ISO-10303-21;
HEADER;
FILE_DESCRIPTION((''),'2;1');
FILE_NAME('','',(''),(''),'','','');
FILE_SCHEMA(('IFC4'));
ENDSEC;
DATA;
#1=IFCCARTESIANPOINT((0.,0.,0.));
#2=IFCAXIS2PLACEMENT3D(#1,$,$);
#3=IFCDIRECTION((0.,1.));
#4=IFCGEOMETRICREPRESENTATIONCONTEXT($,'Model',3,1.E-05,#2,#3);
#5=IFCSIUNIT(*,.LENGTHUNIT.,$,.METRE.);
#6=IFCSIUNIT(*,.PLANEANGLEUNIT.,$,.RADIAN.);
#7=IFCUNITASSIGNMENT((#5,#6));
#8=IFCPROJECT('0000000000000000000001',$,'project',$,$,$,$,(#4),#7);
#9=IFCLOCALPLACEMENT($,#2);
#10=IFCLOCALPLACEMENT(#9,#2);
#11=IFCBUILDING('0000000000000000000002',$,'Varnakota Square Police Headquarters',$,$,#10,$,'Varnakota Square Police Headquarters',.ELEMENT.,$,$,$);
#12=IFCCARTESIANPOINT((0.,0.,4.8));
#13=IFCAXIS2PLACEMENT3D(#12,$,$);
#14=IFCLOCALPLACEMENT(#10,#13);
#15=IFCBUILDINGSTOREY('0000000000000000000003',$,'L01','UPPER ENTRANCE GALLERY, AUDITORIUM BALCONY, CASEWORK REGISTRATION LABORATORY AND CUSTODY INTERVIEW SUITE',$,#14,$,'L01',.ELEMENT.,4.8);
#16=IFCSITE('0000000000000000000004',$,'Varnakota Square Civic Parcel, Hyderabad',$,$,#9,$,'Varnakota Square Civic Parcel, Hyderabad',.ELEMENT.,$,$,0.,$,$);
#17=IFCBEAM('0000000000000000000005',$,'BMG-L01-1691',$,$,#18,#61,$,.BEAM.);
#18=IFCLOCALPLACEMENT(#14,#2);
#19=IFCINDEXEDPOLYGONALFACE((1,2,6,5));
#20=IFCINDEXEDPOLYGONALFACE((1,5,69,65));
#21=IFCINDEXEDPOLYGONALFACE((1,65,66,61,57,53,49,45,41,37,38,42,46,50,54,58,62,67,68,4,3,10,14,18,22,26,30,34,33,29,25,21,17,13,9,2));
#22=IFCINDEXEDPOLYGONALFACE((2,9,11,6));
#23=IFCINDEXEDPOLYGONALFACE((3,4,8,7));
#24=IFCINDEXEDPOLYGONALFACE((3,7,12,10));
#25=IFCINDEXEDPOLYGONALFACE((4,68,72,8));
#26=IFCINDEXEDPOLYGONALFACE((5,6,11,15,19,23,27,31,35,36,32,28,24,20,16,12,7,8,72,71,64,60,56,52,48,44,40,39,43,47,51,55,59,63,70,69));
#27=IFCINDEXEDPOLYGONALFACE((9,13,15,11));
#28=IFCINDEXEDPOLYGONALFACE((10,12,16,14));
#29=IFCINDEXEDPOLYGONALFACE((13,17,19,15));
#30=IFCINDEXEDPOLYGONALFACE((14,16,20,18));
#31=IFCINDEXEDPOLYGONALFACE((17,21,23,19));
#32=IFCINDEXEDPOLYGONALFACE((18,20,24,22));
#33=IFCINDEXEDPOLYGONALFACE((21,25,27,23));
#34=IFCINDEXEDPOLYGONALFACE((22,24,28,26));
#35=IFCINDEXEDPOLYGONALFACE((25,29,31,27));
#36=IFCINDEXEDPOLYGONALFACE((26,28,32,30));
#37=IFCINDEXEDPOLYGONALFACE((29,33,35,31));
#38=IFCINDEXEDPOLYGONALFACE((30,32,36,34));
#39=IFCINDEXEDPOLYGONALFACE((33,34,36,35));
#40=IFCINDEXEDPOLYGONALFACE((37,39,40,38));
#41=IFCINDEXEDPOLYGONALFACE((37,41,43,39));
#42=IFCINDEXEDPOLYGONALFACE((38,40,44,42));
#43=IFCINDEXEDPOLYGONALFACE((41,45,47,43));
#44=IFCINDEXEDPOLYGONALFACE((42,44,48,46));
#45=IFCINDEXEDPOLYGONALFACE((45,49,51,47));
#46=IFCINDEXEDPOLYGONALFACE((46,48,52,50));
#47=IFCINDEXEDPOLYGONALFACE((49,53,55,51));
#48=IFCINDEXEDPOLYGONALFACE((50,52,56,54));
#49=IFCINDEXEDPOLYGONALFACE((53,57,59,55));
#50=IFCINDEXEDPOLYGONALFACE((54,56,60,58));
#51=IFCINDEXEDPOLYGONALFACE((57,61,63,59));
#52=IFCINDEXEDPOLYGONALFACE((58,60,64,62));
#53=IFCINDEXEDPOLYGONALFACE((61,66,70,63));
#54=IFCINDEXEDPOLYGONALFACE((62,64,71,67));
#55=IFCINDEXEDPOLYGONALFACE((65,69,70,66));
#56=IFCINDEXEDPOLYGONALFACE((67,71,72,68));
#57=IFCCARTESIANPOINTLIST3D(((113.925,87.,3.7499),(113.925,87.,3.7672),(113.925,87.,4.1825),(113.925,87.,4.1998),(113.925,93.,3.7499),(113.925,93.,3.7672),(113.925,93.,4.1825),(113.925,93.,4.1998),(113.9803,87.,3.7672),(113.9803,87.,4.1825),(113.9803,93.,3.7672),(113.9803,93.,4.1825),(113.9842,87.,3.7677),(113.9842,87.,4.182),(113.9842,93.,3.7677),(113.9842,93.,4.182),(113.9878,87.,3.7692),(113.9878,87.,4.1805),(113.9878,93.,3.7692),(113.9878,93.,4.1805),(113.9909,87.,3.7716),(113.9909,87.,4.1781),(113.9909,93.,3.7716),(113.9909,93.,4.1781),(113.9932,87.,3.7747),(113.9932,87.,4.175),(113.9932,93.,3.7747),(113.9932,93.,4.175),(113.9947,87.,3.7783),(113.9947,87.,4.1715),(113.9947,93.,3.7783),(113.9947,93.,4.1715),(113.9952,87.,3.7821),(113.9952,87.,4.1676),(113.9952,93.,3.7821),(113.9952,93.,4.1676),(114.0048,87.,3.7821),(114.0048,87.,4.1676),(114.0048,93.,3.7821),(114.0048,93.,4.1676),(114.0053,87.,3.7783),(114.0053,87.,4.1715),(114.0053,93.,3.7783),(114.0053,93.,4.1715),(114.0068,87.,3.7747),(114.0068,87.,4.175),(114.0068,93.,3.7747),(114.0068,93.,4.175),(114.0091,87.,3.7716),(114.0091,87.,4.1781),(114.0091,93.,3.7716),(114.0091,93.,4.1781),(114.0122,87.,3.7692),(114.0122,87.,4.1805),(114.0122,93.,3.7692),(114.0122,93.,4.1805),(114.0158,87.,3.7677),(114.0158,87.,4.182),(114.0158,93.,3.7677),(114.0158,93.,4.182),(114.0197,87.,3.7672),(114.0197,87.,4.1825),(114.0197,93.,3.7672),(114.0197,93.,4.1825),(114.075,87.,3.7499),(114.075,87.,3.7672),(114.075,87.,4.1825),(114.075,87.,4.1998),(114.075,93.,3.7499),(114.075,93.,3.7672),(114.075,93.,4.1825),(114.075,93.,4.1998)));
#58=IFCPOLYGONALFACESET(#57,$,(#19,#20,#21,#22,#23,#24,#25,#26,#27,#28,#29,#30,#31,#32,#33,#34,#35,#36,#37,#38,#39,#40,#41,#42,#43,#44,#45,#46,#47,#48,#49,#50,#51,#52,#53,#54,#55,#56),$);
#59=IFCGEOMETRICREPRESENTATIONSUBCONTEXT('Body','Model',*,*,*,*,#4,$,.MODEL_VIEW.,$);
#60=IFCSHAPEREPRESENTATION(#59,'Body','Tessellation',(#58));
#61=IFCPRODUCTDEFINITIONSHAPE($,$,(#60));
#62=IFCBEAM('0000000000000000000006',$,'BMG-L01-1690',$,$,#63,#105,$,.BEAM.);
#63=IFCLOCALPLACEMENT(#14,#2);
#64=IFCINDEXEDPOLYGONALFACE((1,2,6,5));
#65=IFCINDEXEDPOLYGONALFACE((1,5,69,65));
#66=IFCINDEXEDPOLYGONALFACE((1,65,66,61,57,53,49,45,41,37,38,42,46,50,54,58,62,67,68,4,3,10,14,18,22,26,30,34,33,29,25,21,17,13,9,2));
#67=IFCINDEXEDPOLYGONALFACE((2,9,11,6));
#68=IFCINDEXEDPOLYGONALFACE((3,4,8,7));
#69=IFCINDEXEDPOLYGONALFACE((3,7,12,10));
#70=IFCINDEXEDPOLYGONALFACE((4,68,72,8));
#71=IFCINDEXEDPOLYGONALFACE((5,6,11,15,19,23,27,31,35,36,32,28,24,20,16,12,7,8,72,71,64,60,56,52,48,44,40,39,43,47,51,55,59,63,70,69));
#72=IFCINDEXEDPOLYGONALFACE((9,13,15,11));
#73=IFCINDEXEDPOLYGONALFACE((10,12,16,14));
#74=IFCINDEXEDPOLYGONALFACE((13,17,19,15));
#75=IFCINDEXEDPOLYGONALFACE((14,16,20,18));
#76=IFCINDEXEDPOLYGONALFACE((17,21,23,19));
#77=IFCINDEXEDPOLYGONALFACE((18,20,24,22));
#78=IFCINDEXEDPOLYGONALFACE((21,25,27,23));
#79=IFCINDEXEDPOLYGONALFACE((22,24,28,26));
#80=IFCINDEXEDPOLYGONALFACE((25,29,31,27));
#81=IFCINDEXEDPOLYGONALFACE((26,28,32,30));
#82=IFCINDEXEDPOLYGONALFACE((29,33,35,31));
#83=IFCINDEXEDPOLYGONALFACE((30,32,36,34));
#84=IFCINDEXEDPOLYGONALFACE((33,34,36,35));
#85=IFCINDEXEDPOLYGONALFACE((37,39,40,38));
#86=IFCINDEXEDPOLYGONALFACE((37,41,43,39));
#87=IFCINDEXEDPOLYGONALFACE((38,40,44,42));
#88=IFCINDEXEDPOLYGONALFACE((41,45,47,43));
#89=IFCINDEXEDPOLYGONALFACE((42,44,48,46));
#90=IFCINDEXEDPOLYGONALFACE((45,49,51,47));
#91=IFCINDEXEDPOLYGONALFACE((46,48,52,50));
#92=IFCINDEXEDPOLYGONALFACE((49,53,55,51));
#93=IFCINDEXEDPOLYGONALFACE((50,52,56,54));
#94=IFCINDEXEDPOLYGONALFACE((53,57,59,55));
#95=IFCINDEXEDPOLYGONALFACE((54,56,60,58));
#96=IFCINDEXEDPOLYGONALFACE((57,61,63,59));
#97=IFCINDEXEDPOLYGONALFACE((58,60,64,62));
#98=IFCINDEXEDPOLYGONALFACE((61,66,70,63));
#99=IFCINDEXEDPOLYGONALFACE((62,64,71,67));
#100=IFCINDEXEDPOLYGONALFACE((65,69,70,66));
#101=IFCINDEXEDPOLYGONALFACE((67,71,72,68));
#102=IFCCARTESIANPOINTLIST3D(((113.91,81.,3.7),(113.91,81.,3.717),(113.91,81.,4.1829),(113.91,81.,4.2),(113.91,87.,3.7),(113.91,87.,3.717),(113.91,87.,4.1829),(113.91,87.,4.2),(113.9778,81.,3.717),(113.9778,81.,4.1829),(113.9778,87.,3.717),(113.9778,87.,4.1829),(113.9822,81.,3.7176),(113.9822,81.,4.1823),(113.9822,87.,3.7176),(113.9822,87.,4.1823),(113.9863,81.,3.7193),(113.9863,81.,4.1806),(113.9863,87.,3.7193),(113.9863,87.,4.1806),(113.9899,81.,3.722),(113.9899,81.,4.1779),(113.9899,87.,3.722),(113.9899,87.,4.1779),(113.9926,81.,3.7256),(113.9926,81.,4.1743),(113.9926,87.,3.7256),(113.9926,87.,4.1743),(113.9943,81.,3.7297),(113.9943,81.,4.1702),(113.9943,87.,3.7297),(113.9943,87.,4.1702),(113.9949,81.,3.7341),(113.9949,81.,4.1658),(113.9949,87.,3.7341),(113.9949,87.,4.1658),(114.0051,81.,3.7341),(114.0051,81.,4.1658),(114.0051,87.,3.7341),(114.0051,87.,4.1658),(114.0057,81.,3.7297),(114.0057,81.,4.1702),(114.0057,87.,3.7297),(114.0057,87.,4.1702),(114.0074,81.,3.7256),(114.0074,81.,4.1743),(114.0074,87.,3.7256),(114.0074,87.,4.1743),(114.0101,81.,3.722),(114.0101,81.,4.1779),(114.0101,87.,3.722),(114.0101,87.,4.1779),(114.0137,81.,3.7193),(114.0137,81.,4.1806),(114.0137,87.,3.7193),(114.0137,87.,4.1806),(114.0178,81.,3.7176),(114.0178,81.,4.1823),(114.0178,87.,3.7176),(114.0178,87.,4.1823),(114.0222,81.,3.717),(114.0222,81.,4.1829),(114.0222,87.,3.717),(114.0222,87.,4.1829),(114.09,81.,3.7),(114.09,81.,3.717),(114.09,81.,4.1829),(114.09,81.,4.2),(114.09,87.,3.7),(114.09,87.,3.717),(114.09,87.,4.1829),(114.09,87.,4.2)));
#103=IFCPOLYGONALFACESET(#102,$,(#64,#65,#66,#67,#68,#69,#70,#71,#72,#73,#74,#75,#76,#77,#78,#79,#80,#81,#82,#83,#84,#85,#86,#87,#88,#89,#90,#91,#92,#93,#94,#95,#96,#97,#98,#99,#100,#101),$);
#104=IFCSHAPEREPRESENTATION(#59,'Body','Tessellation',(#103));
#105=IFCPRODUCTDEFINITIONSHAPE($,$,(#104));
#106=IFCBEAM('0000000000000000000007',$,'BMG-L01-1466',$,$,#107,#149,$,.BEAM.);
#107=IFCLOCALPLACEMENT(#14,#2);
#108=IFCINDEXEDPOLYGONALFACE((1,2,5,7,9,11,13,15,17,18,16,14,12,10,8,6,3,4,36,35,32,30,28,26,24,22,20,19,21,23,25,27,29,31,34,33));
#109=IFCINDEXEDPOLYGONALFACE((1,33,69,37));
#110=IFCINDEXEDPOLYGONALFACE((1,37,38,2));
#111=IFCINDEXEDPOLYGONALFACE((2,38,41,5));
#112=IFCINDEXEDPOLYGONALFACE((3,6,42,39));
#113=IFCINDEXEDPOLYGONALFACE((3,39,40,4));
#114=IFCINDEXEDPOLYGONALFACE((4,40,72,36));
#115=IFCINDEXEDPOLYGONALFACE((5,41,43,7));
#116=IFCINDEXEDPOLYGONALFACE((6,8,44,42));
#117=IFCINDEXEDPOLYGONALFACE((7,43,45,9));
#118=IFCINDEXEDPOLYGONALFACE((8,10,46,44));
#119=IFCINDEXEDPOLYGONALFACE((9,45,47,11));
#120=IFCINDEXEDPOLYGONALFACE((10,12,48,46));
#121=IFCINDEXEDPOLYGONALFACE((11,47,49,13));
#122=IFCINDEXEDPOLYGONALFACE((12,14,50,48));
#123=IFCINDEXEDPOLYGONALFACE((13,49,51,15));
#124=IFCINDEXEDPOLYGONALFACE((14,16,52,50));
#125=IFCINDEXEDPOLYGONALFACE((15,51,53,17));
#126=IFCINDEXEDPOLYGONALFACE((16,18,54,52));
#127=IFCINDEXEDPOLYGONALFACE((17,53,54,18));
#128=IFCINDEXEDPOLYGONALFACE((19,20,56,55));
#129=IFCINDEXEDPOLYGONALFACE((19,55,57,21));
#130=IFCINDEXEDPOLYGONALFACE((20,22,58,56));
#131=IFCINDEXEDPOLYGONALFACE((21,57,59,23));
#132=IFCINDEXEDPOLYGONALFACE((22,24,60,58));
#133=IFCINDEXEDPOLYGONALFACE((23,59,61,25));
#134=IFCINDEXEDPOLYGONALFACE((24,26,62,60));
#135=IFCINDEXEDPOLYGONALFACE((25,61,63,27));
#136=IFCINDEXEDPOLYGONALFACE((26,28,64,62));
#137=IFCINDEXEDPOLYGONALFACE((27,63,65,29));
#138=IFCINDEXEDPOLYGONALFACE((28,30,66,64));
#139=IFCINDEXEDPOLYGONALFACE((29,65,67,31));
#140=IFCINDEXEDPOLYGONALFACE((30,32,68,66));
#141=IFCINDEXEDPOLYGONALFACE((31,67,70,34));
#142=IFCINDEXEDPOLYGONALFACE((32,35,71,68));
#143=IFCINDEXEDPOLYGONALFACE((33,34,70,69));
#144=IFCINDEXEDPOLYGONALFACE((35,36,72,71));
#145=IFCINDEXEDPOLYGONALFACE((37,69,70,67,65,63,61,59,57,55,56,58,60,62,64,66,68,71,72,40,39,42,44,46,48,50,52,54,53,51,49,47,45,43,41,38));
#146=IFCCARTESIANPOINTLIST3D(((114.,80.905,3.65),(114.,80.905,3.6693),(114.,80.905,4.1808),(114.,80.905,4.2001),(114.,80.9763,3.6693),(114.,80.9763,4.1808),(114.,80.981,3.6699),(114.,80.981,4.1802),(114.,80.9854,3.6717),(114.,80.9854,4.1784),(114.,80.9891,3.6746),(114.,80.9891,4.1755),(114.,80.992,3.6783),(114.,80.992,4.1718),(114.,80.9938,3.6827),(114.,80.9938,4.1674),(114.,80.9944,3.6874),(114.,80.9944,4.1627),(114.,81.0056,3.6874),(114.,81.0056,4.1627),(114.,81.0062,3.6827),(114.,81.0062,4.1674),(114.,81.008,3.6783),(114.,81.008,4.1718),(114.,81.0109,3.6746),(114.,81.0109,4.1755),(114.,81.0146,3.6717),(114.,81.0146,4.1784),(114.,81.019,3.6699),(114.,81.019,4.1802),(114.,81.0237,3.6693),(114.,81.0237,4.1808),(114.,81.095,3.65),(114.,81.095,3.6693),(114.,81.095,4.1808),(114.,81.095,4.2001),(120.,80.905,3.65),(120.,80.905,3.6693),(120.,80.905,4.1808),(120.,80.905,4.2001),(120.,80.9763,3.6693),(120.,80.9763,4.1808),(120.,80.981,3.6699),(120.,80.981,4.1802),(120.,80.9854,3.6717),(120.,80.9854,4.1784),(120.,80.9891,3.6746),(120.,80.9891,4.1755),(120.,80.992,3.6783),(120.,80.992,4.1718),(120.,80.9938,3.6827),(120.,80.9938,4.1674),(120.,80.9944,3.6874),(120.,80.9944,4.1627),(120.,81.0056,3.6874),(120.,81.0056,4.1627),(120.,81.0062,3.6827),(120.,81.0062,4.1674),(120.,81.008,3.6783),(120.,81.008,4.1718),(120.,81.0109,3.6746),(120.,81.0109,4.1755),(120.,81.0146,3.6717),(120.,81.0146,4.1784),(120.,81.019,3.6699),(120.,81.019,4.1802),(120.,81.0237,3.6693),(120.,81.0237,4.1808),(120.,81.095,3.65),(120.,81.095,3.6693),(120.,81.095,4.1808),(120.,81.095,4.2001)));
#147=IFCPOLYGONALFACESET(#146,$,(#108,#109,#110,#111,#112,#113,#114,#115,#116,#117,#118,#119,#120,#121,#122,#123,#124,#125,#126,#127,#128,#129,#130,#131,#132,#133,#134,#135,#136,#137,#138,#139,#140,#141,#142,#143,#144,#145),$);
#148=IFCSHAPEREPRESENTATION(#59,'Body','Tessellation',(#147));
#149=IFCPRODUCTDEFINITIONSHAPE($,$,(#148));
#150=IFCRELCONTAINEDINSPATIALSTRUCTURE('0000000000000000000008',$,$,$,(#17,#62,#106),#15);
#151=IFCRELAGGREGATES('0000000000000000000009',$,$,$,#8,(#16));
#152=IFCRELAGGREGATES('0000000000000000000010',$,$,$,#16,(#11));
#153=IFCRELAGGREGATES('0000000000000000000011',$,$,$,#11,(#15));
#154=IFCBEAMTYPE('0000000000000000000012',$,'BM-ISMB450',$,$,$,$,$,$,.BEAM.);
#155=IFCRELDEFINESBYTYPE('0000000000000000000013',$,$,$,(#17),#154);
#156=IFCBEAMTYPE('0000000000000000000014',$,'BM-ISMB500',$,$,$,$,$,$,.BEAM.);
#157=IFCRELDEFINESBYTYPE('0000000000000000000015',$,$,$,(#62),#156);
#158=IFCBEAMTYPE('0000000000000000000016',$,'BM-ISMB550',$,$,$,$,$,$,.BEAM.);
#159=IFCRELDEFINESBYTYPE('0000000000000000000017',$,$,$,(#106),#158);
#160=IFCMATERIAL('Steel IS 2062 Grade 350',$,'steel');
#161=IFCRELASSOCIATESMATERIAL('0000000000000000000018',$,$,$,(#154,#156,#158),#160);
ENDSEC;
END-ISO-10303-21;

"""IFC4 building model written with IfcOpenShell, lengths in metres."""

from ifc_helpers import new_model, si_unit, direction, frame, origin, origin_2d, place, context, subcontext, project, spatial, i_section, extrude, material, material_profile, profile_set, type_object, element, save


model = new_model("IFC4")

# Units and contexts
model_context = context("Model", 3, precision=1e-05, world=origin(), true_north=direction((0.0, 1.0)))
body_context = subcontext(model_context, "Body", "Model", "MODEL_VIEW")
ifc_project = project(units=[si_unit("LENGTHUNIT", "METRE"), si_unit("PLANEANGLEUNIT", "RADIAN")], contexts=[model_context])

# Site, building, storey
site_placement = place(None, origin())
site = spatial("IfcSite", under=ifc_project, at=site_placement, Name="Varnakota Square Civic Parcel, Hyderabad", LongName="Varnakota Square Civic Parcel, Hyderabad", CompositionType="ELEMENT", RefElevation=0.0)
building_placement = place(site_placement, origin())
building = spatial("IfcBuilding", under=site, at=building_placement, Name="Varnakota Square Police Headquarters", LongName="Varnakota Square Police Headquarters", CompositionType="ELEMENT")
storey_placement = place(building_placement, frame((0.0, 0.0, 4.8)))
storey = spatial("IfcBuildingStorey", under=building, at=storey_placement, Name="L01", Description="UPPER ENTRANCE GALLERY, AUDITORIUM BALCONY, CASEWORK REGISTRATION LABORATORY AND CUSTODY INTERVIEW SUITE", LongName="L01", CompositionType="ELEMENT", Elevation=4.8)

# Shared definitions
ifc_material_1 = material(Name="Steel IS 2062 Grade 350", Category="steel")

# Beams
ifc_material_profile_1 = material_profile(ifc_material_1, i_section(OverallWidth=0.1499, OverallDepth=0.45, WebThickness=0.0095, FlangeThickness=0.0173, FilletRadius=0.0149, at=origin_2d()), Name="ISMB 450")
ifc_profile_set_1 = profile_set([ifc_material_profile_1], Name="Steel IS 2062 Grade 350")
beam_type_1 = type_object("IfcBeamType", Name="BM-ISMB450", PredefinedType="BEAM", material=ifc_profile_set_1)
beam_1_placement = place(storey_placement, frame((114.0, 87.0, 3.9749), z_axis=(0.0, 1.0, 0.0), x_axis=(-1.0, 0.0, 0.0)))
element("IfcBeam", 1, at=beam_1_placement, inside=storey, type_object=beam_type_1, Name="BMG-L01-1691", PredefinedType="BEAM", context=body_context, shape_type="SweptSolid", body=[
    extrude(i_section(OverallWidth=0.1499, OverallDepth=0.45, WebThickness=0.0095, FlangeThickness=0.0173, FilletRadius=0.0149, at=origin_2d()), origin(), (0.0, 0.0, 1.0), 6.0),
])
ifc_material_profile_2 = material_profile(ifc_material_1, i_section(OverallWidth=0.1799, OverallDepth=0.5, WebThickness=0.0103, FlangeThickness=0.0171, FilletRadius=0.0171, at=origin_2d()), Name="ISMB 500")
ifc_profile_set_2 = profile_set([ifc_material_profile_2], Name="Steel IS 2062 Grade 350")
beam_type_2 = type_object("IfcBeamType", Name="BM-ISMB500", PredefinedType="BEAM", material=ifc_profile_set_2)
beam_2_placement = place(storey_placement, frame((114.0, 81.0, 3.95), z_axis=(0.0, 1.0, 0.0), x_axis=(-1.0, 0.0, 0.0)))
element("IfcBeam", 2, at=beam_2_placement, inside=storey, type_object=beam_type_2, Name="BMG-L01-1690", PredefinedType="BEAM", context=body_context, shape_type="SweptSolid", body=[
    extrude(i_section(OverallWidth=0.1799, OverallDepth=0.5, WebThickness=0.0103, FlangeThickness=0.0171, FilletRadius=0.0171, at=origin_2d()), origin(), (0.0, 0.0, 1.0), 6.0),
])
ifc_material_profile_3 = material_profile(ifc_material_1, i_section(OverallWidth=0.1899, OverallDepth=0.55, WebThickness=0.0112, FlangeThickness=0.0193, FilletRadius=0.0181, at=origin_2d()), Name="ISMB 550")
ifc_profile_set_3 = profile_set([ifc_material_profile_3], Name="Steel IS 2062 Grade 350")
beam_type_3 = type_object("IfcBeamType", Name="BM-ISMB550", PredefinedType="BEAM", material=ifc_profile_set_3)
beam_3_placement = place(storey_placement, frame((114.0, 81.0, 3.925), z_axis=(1.0, 0.0, 0.0), x_axis=(0.0, 1.0, 0.0)))
element("IfcBeam", 3, at=beam_3_placement, inside=storey, type_object=beam_type_3, Name="BMG-L01-1466", PredefinedType="BEAM", context=body_context, shape_type="SweptSolid", body=[
    extrude(i_section(OverallWidth=0.1899, OverallDepth=0.55, WebThickness=0.0112, FlangeThickness=0.0193, FilletRadius=0.0181, at=origin_2d()), origin(), (0.0, 0.0, 1.0), 6.0),
])

save(model, "model.ifc")
